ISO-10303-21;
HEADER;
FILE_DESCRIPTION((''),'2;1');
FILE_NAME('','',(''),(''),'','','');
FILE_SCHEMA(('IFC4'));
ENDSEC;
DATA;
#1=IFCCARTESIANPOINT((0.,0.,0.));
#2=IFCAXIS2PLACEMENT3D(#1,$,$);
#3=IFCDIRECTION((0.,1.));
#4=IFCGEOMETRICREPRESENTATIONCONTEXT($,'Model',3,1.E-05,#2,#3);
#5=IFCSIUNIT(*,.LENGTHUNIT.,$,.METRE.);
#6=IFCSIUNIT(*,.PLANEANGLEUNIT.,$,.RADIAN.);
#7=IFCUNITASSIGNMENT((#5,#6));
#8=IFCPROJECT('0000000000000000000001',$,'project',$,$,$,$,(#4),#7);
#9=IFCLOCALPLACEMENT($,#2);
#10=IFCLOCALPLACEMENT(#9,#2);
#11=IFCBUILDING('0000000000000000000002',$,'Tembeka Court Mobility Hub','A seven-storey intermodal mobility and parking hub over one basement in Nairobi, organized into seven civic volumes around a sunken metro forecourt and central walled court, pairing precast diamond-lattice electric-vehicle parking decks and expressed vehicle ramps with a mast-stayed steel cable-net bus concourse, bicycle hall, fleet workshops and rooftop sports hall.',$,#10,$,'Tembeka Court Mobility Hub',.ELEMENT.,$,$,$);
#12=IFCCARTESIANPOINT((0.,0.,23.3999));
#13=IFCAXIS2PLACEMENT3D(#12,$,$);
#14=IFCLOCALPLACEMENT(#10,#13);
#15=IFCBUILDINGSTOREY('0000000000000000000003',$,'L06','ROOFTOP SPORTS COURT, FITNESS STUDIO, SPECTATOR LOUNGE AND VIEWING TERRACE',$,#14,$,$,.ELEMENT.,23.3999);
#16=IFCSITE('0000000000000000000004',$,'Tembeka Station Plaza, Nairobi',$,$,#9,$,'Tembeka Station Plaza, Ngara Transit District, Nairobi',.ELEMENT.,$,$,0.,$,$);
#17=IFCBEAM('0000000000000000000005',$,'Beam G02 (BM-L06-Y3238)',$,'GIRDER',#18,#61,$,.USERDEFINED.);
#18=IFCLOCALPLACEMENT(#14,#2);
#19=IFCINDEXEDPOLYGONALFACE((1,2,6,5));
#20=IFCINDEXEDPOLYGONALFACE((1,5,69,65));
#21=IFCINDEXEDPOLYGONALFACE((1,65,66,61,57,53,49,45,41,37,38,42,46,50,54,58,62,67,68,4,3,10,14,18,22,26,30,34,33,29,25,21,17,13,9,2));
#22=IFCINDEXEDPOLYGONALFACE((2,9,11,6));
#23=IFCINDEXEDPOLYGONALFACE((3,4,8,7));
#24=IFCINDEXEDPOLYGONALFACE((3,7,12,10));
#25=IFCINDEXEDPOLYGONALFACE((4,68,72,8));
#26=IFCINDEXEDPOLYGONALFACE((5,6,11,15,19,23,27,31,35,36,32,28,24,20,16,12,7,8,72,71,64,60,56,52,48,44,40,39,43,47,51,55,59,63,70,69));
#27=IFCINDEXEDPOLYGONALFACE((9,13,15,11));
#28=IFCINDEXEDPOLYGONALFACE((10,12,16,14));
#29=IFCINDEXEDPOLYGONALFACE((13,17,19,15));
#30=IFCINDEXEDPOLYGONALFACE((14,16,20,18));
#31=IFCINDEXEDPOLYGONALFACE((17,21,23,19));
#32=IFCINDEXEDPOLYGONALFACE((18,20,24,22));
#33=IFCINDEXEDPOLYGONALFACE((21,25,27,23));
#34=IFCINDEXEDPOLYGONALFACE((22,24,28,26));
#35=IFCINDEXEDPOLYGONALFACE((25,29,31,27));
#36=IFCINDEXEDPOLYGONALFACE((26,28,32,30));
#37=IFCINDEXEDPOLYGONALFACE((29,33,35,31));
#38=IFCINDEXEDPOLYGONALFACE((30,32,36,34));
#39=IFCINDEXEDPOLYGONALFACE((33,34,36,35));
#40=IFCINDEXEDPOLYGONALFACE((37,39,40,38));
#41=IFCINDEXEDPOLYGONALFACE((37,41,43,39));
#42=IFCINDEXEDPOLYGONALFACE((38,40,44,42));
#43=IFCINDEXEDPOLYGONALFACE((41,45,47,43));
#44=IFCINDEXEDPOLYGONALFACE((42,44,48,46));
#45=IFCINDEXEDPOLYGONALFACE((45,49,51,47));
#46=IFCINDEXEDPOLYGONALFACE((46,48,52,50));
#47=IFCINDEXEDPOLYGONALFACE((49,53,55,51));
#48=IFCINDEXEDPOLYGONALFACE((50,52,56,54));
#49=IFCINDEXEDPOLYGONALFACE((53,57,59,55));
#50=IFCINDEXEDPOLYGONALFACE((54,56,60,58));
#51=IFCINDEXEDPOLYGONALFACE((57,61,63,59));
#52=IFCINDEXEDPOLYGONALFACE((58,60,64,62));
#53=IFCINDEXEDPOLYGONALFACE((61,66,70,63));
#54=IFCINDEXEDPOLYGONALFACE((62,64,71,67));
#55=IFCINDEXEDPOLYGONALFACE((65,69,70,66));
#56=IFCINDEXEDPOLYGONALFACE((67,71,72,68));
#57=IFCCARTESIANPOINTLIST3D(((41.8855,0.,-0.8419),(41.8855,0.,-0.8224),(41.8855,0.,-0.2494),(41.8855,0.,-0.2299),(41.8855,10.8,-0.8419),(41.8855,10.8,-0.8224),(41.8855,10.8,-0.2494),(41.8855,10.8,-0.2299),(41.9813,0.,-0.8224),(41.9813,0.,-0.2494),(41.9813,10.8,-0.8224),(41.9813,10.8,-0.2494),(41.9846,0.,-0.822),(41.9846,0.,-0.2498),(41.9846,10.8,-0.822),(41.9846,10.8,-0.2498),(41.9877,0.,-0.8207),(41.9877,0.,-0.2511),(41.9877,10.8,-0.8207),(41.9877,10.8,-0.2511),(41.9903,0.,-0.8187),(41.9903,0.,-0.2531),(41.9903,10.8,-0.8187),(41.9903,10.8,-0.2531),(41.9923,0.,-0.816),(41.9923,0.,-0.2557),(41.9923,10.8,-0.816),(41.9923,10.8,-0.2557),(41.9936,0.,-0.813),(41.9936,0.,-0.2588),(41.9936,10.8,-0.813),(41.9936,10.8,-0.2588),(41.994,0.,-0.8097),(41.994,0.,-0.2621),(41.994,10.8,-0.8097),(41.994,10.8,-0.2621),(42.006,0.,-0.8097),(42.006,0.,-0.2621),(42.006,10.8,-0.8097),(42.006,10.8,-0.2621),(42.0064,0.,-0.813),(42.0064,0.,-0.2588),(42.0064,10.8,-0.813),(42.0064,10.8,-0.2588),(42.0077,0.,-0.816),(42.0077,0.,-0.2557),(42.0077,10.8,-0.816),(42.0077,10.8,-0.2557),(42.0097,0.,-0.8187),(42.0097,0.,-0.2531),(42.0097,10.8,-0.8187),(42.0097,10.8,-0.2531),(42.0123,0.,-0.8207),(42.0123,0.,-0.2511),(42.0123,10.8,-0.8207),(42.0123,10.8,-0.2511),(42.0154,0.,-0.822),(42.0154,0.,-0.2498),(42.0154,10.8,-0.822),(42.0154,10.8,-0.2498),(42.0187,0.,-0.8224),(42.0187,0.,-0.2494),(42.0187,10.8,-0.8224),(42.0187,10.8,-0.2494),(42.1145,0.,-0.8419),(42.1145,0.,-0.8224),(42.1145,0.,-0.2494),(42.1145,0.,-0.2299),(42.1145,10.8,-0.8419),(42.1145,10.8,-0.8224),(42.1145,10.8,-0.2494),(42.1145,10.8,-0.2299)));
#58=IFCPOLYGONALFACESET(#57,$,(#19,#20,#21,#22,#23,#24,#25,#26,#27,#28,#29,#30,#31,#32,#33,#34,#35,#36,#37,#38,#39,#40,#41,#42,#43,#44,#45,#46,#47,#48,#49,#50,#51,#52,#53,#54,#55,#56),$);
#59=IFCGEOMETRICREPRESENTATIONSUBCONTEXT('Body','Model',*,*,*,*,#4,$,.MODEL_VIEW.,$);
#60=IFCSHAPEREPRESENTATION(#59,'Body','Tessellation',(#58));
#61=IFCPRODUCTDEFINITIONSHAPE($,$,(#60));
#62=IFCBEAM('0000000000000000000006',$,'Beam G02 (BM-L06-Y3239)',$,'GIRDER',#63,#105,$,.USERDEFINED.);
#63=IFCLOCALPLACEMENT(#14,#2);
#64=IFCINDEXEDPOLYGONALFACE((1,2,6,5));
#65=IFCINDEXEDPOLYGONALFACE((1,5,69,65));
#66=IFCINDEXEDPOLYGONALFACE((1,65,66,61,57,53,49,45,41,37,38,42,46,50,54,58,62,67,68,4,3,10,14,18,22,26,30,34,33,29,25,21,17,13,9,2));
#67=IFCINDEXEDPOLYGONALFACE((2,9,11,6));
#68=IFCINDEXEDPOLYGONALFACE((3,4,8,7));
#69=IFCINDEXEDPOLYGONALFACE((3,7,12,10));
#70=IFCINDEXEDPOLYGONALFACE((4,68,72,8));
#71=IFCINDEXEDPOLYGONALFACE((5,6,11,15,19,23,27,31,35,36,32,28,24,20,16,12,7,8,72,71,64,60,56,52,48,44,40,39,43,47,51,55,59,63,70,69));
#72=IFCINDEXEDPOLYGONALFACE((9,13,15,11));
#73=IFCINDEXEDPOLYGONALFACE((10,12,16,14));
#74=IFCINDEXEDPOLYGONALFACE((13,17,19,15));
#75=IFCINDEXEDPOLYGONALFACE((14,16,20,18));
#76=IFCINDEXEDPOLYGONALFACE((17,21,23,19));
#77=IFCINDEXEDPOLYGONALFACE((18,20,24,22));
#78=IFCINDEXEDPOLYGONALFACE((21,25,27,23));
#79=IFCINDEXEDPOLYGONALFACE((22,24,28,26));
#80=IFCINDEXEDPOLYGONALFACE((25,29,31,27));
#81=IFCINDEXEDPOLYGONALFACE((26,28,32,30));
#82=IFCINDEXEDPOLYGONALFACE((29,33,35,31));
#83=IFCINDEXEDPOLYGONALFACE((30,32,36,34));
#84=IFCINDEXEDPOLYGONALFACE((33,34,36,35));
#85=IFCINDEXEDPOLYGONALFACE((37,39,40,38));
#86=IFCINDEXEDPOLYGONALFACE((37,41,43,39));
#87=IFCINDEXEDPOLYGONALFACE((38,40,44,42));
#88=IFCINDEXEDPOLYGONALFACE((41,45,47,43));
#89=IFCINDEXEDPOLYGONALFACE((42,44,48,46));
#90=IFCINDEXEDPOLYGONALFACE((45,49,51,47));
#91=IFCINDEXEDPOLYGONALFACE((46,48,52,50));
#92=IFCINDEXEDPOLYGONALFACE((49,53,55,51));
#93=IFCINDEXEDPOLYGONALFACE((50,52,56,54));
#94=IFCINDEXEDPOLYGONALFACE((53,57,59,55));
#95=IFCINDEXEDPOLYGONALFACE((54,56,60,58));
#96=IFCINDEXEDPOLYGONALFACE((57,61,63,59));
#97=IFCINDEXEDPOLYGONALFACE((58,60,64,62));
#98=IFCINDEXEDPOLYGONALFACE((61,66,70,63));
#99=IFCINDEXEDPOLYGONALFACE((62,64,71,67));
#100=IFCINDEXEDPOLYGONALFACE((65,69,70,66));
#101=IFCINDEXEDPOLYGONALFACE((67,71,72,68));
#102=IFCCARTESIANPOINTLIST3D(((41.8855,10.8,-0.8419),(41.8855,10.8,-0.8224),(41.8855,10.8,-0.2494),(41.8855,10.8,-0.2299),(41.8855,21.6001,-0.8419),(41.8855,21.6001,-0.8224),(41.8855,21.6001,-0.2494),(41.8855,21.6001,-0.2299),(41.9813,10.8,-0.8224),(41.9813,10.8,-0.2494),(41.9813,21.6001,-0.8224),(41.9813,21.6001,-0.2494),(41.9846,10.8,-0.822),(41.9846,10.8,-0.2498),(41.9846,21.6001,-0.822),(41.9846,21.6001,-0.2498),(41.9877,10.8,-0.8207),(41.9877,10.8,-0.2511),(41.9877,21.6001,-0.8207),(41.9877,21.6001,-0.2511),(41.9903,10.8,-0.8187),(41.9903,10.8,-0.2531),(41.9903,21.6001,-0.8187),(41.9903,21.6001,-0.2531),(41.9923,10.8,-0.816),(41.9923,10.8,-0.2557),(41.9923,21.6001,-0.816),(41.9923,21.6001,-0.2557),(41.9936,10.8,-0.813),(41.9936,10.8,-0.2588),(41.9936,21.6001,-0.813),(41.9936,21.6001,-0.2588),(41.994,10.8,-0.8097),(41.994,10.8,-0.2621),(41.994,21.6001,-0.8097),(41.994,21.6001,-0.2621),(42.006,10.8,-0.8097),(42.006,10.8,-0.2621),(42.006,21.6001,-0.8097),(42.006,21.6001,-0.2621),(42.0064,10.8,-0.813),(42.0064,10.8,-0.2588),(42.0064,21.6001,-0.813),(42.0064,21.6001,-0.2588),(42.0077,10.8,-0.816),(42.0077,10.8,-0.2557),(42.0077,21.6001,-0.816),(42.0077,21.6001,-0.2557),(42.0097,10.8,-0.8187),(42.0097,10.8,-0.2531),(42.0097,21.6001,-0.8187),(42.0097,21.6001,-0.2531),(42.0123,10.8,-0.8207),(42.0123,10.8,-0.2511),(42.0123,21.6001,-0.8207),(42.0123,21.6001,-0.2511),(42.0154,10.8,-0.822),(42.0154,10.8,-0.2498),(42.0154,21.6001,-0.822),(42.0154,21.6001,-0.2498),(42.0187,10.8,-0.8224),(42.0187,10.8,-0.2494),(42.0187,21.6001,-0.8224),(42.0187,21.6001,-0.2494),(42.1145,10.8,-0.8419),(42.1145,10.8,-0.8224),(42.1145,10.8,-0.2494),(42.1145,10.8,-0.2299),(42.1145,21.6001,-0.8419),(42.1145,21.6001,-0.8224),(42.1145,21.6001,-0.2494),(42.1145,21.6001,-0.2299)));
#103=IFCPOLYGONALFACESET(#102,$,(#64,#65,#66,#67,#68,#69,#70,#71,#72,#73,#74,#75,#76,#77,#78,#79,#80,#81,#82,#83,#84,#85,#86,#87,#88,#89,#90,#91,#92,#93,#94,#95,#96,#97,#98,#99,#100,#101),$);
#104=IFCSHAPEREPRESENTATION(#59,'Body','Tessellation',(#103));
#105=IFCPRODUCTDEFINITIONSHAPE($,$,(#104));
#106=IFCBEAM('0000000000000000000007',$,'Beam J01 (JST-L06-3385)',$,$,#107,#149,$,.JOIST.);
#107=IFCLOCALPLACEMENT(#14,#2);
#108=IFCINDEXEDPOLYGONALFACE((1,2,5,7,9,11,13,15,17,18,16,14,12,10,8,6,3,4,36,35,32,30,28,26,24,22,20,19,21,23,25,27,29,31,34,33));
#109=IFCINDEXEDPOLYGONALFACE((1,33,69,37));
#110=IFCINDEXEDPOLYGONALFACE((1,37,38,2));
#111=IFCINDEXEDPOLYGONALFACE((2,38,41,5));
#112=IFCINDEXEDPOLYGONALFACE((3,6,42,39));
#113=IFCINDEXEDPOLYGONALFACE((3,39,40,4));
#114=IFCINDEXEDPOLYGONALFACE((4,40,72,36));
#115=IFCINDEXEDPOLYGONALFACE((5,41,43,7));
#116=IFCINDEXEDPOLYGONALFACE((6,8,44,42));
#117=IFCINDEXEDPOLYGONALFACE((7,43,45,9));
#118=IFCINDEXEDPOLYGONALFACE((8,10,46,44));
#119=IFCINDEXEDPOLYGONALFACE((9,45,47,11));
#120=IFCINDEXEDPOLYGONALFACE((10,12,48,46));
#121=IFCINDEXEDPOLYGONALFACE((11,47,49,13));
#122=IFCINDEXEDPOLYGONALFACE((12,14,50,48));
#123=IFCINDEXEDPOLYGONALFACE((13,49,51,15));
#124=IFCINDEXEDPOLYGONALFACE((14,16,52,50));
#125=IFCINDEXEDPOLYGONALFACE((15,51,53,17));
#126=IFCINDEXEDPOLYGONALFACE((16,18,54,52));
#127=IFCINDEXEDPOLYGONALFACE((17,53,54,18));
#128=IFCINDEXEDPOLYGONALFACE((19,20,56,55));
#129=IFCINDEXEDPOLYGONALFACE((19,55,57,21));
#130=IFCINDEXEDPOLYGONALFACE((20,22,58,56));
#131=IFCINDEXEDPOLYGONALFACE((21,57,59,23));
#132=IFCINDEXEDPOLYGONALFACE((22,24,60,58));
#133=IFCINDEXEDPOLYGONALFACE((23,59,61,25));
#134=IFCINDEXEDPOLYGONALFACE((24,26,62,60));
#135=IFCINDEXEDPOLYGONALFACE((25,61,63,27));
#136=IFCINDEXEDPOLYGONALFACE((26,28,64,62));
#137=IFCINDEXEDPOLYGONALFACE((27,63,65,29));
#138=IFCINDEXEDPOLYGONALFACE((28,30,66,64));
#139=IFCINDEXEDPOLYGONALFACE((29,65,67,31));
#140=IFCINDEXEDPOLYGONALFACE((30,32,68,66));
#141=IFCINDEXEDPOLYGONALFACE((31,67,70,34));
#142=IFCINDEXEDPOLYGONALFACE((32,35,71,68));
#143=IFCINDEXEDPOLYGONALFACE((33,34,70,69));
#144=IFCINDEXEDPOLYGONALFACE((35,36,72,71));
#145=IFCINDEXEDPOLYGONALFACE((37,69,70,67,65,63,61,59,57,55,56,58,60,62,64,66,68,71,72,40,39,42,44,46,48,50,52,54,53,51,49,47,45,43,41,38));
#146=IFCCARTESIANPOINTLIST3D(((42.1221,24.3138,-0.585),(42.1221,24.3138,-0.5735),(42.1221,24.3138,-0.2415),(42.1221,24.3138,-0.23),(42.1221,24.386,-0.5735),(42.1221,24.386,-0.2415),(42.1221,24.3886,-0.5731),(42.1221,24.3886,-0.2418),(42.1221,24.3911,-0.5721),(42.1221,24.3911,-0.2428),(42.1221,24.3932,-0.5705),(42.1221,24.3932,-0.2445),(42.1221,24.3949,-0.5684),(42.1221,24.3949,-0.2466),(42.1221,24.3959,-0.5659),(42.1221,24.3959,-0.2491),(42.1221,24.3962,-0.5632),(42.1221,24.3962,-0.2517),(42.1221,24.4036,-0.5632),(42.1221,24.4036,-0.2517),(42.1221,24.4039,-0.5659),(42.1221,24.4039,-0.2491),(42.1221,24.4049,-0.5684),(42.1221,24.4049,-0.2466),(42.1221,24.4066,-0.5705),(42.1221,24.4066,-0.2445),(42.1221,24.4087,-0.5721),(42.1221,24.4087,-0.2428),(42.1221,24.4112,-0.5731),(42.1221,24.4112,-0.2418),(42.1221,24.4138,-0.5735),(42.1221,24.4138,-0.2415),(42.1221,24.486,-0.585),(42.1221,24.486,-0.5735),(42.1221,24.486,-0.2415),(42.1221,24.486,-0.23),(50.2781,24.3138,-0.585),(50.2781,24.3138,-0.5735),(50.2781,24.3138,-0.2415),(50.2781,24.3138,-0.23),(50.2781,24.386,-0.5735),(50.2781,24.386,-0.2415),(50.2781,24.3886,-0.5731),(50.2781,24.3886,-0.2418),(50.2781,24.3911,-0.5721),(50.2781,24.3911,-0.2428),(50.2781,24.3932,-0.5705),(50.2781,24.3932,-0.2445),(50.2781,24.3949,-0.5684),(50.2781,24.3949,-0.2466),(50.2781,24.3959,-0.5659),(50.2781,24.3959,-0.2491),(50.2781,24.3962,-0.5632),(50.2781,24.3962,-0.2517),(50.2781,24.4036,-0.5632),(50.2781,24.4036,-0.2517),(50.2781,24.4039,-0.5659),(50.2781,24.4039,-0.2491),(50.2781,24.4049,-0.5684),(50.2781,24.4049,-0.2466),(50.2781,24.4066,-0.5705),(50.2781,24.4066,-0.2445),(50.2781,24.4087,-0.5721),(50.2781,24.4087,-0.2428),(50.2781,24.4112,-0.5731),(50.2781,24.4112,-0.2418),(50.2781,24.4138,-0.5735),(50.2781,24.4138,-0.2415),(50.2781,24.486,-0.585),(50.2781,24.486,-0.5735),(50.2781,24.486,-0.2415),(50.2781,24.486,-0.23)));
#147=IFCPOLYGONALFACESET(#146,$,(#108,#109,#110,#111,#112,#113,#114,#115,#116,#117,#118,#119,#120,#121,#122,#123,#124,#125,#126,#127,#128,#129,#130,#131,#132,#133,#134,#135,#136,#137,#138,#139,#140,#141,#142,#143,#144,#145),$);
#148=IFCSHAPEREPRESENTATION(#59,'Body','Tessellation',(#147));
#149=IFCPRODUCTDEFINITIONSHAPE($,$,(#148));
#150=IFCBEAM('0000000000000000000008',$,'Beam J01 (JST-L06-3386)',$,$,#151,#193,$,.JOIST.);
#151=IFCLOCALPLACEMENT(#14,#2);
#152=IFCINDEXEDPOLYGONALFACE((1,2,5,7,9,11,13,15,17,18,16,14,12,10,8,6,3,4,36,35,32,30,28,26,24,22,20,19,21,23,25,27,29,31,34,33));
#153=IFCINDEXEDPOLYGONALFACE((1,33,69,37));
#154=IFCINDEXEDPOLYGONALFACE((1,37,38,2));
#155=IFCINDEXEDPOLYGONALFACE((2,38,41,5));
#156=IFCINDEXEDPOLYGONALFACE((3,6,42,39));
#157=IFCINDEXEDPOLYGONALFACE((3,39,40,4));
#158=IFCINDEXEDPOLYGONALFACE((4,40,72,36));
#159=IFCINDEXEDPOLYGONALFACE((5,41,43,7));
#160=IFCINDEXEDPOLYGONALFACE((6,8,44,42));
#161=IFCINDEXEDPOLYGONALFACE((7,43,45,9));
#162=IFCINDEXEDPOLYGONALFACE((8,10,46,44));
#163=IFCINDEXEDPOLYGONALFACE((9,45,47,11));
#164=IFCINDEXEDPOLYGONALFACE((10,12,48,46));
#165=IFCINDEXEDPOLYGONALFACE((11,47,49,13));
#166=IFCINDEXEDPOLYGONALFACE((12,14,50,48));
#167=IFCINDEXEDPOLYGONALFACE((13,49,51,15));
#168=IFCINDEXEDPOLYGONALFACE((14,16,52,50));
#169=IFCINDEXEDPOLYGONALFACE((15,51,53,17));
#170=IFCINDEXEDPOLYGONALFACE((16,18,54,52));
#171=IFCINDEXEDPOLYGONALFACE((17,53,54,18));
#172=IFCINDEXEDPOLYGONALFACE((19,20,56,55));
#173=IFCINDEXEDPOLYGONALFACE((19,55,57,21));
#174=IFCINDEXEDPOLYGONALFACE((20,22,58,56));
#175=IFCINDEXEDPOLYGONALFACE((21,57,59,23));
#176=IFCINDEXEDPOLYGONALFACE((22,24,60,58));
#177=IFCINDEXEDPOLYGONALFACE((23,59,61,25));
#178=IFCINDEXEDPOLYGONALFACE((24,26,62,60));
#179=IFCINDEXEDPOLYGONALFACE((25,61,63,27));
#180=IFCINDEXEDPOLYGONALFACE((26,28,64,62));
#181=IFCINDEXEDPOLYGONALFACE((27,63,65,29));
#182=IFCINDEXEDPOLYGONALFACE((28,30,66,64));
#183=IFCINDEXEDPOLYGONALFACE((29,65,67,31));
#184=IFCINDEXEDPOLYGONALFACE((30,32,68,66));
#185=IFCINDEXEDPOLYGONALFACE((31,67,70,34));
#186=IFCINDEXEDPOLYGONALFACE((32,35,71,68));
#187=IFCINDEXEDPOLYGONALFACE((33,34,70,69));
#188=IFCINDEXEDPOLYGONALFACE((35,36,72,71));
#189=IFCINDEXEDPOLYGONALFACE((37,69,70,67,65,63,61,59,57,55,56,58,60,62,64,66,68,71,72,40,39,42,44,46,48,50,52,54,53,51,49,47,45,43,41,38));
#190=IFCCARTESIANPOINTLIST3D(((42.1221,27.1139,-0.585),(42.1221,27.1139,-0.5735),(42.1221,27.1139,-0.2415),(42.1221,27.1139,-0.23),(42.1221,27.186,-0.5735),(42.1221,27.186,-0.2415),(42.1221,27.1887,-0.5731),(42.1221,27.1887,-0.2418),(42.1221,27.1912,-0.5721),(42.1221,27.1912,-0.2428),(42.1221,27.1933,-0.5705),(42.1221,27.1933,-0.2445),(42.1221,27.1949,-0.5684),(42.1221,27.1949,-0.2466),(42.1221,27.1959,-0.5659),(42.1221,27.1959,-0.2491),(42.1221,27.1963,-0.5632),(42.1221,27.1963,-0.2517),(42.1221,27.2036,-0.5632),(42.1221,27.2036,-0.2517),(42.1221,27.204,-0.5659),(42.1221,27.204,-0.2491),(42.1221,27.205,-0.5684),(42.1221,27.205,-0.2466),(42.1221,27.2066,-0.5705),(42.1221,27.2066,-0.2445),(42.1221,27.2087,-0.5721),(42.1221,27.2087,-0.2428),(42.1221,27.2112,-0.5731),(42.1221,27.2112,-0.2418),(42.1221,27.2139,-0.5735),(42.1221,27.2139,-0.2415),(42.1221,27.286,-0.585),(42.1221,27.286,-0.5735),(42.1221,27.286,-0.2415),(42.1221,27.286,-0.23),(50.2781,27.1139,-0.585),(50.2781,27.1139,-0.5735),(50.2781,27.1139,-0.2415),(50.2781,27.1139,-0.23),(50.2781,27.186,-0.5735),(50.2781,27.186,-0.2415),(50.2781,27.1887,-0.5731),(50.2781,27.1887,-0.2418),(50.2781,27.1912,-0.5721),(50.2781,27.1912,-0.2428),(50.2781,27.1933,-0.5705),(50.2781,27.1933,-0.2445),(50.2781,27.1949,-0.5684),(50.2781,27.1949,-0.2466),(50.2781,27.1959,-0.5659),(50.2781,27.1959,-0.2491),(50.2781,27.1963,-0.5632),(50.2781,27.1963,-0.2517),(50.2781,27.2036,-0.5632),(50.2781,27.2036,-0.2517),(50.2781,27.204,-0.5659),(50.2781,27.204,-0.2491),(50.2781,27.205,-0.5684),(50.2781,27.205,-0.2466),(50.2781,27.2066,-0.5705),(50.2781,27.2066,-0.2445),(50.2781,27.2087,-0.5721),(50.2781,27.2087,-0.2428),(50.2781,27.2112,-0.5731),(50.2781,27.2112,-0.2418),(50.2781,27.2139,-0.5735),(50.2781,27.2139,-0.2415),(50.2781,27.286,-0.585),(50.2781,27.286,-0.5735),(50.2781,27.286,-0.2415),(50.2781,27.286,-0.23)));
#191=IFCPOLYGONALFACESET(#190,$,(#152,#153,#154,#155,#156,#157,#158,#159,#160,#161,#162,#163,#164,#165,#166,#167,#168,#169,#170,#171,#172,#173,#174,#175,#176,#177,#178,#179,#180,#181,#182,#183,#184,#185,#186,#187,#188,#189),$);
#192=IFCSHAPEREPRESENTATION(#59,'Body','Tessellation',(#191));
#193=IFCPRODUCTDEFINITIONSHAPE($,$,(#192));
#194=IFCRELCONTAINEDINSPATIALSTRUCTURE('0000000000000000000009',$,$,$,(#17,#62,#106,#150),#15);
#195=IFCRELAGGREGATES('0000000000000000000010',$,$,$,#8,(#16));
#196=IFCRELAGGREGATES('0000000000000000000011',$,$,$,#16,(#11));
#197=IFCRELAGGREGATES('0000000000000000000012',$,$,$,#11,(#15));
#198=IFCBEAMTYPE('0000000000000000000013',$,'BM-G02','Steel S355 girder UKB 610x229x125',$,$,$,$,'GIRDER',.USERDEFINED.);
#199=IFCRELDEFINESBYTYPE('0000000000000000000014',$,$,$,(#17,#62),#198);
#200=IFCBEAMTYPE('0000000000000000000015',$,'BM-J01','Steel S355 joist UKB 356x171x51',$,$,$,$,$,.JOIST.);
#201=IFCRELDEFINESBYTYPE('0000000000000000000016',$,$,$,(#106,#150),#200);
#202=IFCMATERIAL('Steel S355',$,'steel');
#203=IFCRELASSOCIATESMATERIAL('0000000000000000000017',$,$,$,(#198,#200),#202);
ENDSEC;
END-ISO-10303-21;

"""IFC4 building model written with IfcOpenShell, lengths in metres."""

from ifc_helpers import new_model, si_unit, direction, frame, origin, origin_2d, place, context, subcontext, project, spatial, i_section, extrude, material, material_profile, profile_set, type_object, element, save


model = new_model("IFC4")

# Units and contexts
model_context = context("Model", 3, precision=1e-05, world=origin(), true_north=direction((0.0, 1.0)))
body_context = subcontext(model_context, "Body", "Model", "MODEL_VIEW")
ifc_project = project(units=[si_unit("LENGTHUNIT", "METRE"), si_unit("PLANEANGLEUNIT", "RADIAN")], contexts=[model_context])

# Site, building, storey
site_placement = place(None, origin())
site = spatial("IfcSite", under=ifc_project, at=site_placement, Name="Tembeka Station Plaza, Nairobi", LongName="Tembeka Station Plaza, Ngara Transit District, Nairobi", CompositionType="ELEMENT", RefElevation=0.0)
building_placement = place(site_placement, origin())
building = spatial("IfcBuilding", under=site, at=building_placement, Name="Tembeka Court Mobility Hub", Description="A seven-storey intermodal mobility and parking hub over one basement in Nairobi, organized into seven civic volumes around a sunken metro forecourt and central walled court, pairing precast diamond-lattice electric-vehicle parking decks and expressed vehicle ramps with a mast-stayed steel cable-net bus concourse, bicycle hall, fleet workshops and rooftop sports hall.", LongName="Tembeka Court Mobility Hub", CompositionType="ELEMENT")
storey_placement = place(building_placement, frame((0.0, 0.0, 23.3999)))
storey = spatial("IfcBuildingStorey", under=building, at=storey_placement, Name="L06", Description="ROOFTOP SPORTS COURT, FITNESS STUDIO, SPECTATOR LOUNGE AND VIEWING TERRACE", CompositionType="ELEMENT", Elevation=23.3999)

# Beams
ifc_material_1 = material(Name="Steel S355", Category="steel")
ifc_material_profile_1 = material_profile(ifc_material_1, i_section(OverallWidth=0.229, OverallDepth=0.6121, WebThickness=0.012, FlangeThickness=0.0195, FilletRadius=0.0127, at=origin_2d()), Name="UKB 610x229x125")
ifc_profile_set_1 = profile_set([ifc_material_profile_1], Name="Steel S355")
beam_type_1 = type_object("IfcBeamType", Name="BM-G02", Description="Steel S355 girder UKB 610x229x125", ElementType="GIRDER", PredefinedType="USERDEFINED", material=ifc_profile_set_1)
for number, where, z_axis, x_axis, name in (
    (1, (42.0, 0.0, -0.5359), (0.0, 1.0, 0.0), (-1.0, 0.0, 0.0), "Beam G02 (BM-L06-Y3238)"),
    (2, (42.0, 10.8, -0.5359), (0.0, 1.0, 0.0), (-1.0, 0.0, 0.0), "Beam G02 (BM-L06-Y3239)"),
):
    element("IfcBeam", number, at=place(storey_placement, frame(where, z_axis=z_axis, x_axis=x_axis)), inside=storey, type_object=beam_type_1, Name=name, ObjectType="GIRDER", PredefinedType="USERDEFINED", context=body_context, shape_type="SweptSolid", body=[
        extrude(i_section(OverallWidth=0.229, OverallDepth=0.6121, WebThickness=0.012, FlangeThickness=0.0195, FilletRadius=0.0127, at=origin_2d()), origin(), (0.0, 0.0, 1.0), 10.8),
    ])
ifc_material_profile_2 = material_profile(ifc_material_1, i_section(OverallWidth=0.1721, OverallDepth=0.355, WebThickness=0.0073, FlangeThickness=0.0115, FilletRadius=0.0103, at=origin_2d()), Name="UKB 356x171x51")
ifc_profile_set_2 = profile_set([ifc_material_profile_2], Name="Steel S355")
beam_type_2 = type_object("IfcBeamType", Name="BM-J01", Description="Steel S355 joist UKB 356x171x51", PredefinedType="JOIST", material=ifc_profile_set_2)
for number, where, z_axis, x_axis, name in (
    (3, (42.1221, 24.3999, -0.4075), (1.0, 0.0, 0.0), (0.0, 1.0, 0.0), "Beam J01 (JST-L06-3385)"),
    (4, (42.1221, 27.2, -0.4075), (1.0, 0.0, 0.0), (0.0, 1.0, 0.0), "Beam J01 (JST-L06-3386)"),
):
    element("IfcBeam", number, at=place(storey_placement, frame(where, z_axis=z_axis, x_axis=x_axis)), inside=storey, type_object=beam_type_2, Name=name, PredefinedType="JOIST", context=body_context, shape_type="SweptSolid", body=[
        extrude(i_section(OverallWidth=0.1721, OverallDepth=0.355, WebThickness=0.0073, FlangeThickness=0.0115, FilletRadius=0.0103, at=origin_2d()), origin(), (0.0, 0.0, 1.0), 8.156),
    ])

save(model, "model.ifc")
